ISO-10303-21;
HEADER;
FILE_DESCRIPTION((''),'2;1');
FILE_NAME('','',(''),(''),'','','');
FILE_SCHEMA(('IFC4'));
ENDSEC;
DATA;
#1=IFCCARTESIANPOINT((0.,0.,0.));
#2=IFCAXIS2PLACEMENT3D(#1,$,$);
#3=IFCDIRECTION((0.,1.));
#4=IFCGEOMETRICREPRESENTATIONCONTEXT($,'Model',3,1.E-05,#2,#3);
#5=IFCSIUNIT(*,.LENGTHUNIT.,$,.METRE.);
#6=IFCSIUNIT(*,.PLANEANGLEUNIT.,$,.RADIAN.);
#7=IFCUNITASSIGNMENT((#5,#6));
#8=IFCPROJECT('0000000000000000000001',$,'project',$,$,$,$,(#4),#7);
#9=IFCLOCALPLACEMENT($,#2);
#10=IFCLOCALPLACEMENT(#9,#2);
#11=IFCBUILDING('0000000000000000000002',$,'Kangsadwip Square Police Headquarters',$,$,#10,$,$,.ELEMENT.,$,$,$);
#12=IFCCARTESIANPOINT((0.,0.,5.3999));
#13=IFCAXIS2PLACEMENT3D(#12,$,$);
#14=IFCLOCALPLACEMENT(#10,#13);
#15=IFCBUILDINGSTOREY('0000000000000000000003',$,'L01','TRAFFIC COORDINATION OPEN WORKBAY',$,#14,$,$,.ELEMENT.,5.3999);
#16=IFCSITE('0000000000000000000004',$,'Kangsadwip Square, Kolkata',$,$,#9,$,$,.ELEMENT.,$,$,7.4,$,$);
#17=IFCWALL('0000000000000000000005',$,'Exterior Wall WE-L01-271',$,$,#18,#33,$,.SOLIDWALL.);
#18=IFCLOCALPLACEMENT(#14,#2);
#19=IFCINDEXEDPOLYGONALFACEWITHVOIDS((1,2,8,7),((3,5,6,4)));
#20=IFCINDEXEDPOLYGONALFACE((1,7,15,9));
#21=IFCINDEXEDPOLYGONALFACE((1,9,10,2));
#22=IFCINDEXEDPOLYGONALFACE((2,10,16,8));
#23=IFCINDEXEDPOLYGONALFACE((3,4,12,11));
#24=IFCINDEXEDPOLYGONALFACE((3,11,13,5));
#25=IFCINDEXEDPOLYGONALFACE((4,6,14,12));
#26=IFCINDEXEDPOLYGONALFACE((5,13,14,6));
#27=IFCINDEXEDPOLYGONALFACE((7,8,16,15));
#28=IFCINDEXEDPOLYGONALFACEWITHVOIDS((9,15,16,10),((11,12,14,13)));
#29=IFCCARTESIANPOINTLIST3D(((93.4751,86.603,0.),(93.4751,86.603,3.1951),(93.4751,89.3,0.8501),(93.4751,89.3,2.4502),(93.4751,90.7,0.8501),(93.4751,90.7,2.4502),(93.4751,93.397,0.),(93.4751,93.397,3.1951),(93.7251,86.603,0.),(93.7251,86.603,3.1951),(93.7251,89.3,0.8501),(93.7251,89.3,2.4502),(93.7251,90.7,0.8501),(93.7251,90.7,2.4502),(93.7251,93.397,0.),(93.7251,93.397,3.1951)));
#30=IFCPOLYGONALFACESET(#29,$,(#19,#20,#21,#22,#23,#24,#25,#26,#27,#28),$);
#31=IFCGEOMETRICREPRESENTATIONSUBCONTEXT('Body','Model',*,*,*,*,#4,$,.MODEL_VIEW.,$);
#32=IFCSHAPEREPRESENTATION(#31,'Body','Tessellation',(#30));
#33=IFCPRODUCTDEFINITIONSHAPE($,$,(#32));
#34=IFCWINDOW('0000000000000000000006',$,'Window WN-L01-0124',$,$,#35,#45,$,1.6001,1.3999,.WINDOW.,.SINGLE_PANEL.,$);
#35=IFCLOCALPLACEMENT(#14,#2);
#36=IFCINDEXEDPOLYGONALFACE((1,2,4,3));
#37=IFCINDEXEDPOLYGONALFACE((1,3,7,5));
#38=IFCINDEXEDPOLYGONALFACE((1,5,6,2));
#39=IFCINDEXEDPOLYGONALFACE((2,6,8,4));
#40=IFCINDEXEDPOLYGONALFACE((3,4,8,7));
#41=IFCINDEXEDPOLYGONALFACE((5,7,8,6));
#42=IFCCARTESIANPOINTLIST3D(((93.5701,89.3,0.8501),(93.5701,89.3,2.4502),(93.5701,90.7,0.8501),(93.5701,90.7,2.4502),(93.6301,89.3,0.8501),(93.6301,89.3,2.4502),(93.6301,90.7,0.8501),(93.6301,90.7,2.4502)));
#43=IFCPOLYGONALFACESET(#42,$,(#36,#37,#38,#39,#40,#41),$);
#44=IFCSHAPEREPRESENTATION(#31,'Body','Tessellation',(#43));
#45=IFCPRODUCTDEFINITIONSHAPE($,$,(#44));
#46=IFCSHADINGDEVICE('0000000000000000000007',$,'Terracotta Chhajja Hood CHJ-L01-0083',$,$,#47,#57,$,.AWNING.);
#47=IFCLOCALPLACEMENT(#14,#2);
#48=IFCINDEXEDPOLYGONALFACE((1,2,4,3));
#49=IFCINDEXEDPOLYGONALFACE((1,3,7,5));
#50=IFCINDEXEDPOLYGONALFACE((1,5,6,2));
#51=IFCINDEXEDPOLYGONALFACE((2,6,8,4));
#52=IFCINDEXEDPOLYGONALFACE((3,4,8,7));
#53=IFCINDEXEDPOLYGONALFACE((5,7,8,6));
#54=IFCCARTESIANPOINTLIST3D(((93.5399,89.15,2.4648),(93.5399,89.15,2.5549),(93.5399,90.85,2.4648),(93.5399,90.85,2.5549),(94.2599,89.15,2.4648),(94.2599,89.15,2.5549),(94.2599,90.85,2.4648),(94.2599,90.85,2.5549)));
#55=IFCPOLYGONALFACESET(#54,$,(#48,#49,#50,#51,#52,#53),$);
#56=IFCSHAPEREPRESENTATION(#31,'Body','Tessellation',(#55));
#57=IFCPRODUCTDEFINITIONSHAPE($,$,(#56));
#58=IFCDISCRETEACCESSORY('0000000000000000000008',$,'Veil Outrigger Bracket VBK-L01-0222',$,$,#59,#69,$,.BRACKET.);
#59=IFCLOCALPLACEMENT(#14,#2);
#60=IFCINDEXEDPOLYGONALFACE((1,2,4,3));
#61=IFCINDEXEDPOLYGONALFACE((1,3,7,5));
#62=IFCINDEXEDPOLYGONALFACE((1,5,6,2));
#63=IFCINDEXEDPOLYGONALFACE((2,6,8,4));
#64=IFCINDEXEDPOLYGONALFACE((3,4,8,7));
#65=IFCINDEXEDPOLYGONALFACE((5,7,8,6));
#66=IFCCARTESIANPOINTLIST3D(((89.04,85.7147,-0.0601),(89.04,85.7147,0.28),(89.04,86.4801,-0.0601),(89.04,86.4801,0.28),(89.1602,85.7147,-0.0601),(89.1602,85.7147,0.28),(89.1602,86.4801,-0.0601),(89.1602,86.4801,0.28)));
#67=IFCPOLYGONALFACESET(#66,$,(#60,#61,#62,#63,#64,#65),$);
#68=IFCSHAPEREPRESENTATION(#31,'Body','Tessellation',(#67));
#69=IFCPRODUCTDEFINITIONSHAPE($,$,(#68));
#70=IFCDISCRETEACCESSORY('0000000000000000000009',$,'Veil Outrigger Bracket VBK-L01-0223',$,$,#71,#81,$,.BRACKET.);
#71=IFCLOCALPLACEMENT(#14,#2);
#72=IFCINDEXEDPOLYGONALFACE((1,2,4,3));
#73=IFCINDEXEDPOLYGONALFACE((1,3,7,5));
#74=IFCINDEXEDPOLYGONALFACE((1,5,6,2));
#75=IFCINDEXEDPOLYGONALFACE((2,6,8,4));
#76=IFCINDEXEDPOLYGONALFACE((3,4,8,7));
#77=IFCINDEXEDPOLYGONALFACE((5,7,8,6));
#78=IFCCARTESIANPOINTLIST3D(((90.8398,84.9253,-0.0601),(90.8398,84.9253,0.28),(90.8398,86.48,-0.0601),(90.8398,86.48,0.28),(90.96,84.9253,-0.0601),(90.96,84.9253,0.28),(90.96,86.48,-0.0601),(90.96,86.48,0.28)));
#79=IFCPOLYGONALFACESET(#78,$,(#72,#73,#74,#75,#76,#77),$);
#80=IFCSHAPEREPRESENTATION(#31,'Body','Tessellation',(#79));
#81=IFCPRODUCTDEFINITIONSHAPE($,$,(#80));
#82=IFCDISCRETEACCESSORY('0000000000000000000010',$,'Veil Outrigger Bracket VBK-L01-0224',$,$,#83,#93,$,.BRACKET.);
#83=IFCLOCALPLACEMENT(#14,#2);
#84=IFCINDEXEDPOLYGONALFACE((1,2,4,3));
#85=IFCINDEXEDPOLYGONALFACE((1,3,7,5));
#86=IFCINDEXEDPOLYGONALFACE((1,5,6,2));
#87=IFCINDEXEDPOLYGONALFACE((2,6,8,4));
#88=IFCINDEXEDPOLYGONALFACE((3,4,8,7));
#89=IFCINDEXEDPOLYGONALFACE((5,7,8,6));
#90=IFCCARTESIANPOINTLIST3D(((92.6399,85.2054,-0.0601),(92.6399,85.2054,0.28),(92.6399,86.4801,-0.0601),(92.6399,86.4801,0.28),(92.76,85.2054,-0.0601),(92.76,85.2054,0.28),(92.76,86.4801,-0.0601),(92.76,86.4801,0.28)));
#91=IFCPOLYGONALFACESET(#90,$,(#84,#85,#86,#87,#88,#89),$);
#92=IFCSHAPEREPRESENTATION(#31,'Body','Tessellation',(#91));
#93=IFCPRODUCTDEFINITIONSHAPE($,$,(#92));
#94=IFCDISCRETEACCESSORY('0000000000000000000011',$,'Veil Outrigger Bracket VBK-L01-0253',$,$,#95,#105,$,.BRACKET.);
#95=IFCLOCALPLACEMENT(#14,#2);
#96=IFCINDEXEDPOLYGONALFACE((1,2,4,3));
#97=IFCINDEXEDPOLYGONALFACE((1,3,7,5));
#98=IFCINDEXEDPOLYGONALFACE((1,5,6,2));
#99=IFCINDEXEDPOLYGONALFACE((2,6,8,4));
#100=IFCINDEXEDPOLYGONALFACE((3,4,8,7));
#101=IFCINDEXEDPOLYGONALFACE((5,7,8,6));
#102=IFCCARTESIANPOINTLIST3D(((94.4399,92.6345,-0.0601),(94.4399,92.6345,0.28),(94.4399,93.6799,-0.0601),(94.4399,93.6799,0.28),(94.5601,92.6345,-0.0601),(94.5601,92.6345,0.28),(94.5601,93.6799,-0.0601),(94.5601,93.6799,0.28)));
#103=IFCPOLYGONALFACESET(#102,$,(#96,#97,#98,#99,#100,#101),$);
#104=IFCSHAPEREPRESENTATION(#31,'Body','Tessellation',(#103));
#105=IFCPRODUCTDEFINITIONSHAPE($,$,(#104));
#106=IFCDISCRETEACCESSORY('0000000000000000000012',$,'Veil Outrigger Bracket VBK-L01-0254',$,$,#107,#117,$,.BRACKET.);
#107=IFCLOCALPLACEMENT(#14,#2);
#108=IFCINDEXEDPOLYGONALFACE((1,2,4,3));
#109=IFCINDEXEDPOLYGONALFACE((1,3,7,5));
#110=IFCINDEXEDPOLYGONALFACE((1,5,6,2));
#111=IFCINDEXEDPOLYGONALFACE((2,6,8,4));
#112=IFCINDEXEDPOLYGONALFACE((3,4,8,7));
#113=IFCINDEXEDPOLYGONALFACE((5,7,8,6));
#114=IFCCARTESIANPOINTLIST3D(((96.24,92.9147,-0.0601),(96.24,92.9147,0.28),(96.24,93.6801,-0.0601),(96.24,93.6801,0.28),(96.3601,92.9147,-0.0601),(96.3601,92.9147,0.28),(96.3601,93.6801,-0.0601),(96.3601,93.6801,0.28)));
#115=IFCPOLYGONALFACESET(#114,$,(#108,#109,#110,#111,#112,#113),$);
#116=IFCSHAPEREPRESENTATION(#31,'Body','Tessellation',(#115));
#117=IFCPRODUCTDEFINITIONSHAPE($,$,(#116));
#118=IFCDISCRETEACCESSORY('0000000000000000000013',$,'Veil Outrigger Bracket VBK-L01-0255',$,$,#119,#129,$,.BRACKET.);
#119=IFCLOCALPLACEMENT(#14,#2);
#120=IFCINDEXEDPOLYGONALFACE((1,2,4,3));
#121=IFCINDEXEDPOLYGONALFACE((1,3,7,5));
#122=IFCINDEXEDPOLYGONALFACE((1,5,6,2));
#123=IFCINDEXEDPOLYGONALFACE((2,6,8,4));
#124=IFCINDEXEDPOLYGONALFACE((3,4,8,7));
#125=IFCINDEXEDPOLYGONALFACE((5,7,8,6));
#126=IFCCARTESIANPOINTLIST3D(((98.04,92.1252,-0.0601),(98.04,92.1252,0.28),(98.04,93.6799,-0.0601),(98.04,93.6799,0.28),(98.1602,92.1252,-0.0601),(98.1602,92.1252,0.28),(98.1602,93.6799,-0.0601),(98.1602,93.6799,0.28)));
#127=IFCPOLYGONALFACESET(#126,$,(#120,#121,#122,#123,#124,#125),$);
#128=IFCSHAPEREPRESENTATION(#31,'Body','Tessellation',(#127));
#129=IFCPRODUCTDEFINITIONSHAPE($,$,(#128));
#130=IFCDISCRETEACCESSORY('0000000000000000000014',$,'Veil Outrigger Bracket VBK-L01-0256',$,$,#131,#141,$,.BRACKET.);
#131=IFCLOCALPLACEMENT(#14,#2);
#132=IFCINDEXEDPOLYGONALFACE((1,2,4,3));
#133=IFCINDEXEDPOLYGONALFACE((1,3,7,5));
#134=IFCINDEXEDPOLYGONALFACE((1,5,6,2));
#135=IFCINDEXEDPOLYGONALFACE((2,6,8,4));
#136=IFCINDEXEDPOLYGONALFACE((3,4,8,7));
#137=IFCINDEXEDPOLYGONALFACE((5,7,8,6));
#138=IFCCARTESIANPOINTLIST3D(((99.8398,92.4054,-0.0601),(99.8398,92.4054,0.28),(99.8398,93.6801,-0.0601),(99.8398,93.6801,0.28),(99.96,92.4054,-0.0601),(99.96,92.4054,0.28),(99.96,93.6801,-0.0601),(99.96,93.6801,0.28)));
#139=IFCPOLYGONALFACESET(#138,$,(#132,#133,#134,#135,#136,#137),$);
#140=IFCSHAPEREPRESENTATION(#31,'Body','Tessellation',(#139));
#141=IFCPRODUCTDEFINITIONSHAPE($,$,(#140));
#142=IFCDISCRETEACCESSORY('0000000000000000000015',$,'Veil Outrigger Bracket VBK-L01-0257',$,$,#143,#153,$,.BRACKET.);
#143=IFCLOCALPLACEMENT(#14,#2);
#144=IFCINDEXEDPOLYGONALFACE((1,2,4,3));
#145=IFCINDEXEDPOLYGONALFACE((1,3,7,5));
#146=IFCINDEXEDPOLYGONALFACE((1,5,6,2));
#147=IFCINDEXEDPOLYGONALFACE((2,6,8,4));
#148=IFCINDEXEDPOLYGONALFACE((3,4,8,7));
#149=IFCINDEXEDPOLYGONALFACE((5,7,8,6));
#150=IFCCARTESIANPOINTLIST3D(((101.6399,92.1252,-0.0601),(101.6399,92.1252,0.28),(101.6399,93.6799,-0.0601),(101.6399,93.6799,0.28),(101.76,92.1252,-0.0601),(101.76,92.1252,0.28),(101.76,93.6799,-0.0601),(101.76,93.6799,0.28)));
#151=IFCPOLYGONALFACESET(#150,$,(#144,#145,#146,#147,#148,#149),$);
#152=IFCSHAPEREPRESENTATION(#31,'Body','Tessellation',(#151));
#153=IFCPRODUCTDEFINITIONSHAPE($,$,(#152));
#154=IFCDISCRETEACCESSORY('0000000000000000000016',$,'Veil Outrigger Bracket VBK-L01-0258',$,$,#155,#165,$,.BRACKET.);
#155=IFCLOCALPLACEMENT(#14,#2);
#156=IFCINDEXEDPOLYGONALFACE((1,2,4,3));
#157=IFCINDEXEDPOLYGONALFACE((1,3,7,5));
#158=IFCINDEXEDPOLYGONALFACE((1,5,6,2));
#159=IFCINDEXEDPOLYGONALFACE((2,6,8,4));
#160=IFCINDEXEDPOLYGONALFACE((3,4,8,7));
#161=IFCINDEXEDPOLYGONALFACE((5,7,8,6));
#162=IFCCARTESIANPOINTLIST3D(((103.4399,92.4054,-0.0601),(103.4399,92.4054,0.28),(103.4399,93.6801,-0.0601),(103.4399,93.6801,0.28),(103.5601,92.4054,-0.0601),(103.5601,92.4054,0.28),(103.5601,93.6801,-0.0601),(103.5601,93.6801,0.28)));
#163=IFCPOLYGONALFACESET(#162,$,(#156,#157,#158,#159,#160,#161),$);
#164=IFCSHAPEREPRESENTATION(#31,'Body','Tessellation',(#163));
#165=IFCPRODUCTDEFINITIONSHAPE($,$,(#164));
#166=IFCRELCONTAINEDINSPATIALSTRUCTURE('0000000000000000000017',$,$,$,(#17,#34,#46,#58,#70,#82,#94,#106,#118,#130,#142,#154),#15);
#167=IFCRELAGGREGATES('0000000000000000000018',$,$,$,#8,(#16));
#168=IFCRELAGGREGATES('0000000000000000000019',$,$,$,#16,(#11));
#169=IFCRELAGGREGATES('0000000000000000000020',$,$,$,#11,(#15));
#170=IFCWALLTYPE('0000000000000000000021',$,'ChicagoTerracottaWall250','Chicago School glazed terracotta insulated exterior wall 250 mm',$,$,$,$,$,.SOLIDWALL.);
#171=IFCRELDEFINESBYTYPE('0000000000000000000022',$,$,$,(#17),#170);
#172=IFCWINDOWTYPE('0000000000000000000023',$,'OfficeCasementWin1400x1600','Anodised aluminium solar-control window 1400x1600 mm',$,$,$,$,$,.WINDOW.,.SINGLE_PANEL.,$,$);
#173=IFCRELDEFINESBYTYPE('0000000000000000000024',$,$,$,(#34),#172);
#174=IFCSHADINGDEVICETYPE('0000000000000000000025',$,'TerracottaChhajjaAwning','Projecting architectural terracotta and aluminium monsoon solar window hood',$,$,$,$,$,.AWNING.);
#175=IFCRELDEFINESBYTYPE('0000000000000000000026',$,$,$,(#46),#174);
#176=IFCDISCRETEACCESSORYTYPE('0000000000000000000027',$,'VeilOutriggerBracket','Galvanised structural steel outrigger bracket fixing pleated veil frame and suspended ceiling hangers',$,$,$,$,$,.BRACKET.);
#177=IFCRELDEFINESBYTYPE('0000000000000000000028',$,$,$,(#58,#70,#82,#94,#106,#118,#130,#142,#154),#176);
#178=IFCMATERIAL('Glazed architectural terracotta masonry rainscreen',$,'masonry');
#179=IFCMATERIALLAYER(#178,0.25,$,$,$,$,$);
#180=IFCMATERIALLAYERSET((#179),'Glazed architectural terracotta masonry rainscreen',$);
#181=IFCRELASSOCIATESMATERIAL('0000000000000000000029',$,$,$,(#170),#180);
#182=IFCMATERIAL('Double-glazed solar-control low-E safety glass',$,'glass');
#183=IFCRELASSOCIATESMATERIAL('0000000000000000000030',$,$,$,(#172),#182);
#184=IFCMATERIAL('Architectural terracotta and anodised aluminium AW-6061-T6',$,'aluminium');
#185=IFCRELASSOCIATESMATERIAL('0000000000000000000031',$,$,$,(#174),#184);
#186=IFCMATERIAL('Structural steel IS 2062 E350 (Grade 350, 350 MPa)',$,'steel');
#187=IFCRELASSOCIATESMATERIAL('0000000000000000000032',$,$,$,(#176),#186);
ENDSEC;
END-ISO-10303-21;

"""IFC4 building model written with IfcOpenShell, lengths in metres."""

from ifc_helpers import new_model, si_unit, direction, frame, frame_2d, origin, origin_2d, place, context, subcontext, project, spatial, rectangle, extrude, material, layer, layer_set, type_object, element, fill, save


model = new_model("IFC4")

# Units and contexts
model_context = context("Model", 3, precision=1e-05, world=origin(), true_north=direction((0.0, 1.0)))
body_context = subcontext(model_context, "Body", "Model", "MODEL_VIEW")
ifc_project = project(units=[si_unit("LENGTHUNIT", "METRE"), si_unit("PLANEANGLEUNIT", "RADIAN")], contexts=[model_context])

# Site, building, storey
site_placement = place(None, origin())
site = spatial("IfcSite", under=ifc_project, at=site_placement, Name="Kangsadwip Square, Kolkata", CompositionType="ELEMENT", RefElevation=7.4)
building_placement = place(site_placement, origin())
building = spatial("IfcBuilding", under=site, at=building_placement, Name="Kangsadwip Square Police Headquarters", CompositionType="ELEMENT")
storey_placement = place(building_placement, frame((0.0, 0.0, 5.3999)))
storey = spatial("IfcBuildingStorey", under=building, at=storey_placement, Name="L01", Description="TRAFFIC COORDINATION OPEN WORKBAY", CompositionType="ELEMENT", Elevation=5.3999)

# Wall, opening, window
ifc_material_1 = material(Name="Glazed architectural terracotta masonry rainscreen", Category="masonry")
ifc_layer_1 = layer(ifc_material_1, 0.25)
ifc_layer_set_1 = layer_set([ifc_layer_1], Name="Glazed architectural terracotta masonry rainscreen")
wall_type = type_object("IfcWallType", Name="ChicagoTerracottaWall250", Description="Chicago School glazed terracotta insulated exterior wall 250 mm", PredefinedType="SOLIDWALL", material=ifc_layer_set_1)
wall_placement = place(storey_placement, frame((93.6001, 86.603, 0.0), z_axis=(0.0, 0.0, 1.0), x_axis=(0.0, 1.0, 0.0)))
wall = element("IfcWall", 1, at=wall_placement, inside=storey, type_object=wall_type, Name="Exterior Wall WE-L01-271", PredefinedType="SOLIDWALL", context=body_context, shape_type="SweptSolid", body=[
    extrude(rectangle(XDim=6.7939, YDim=0.25, at=frame_2d((3.397, 0.0))), origin(), (0.0, 0.0, 1.0), 3.1951),
])
opening_placement = place(wall_placement, frame((2.697, 0.0, 0.8501)))
opening = element("IfcOpeningElement", 2, at=opening_placement, cuts=wall, PredefinedType="OPENING", context=body_context, shape_type="SweptSolid", body=[
    extrude(rectangle(XDim=1.3999, YDim=1.6001, at=frame_2d((0.7, 0.8))), frame((0.0, 0.135, 0.0), z_axis=(0.0, -1.0, 0.0), x_axis=(1.0, 0.0, 0.0)), (0.0, 0.0, 1.0), 0.27),
])
ifc_material_2 = material(Name="Double-glazed solar-control low-E safety glass", Category="glass")
window_type = type_object("IfcWindowType", Name="OfficeCasementWin1400x1600", Description="Anodised aluminium solar-control window 1400x1600 mm", PartitioningType="SINGLE_PANEL", PredefinedType="WINDOW", material=ifc_material_2)
window_placement = place(opening_placement, origin())
window = element("IfcWindow", 3, at=window_placement, inside=storey, type_object=window_type, Name="Window WN-L01-0124", OverallHeight=1.6001, OverallWidth=1.3999, PartitioningType="SINGLE_PANEL", PredefinedType="WINDOW", context=body_context, shape_type="SweptSolid", body=[
    extrude(rectangle(XDim=1.3999, YDim=1.6001, at=frame_2d((0.7, 0.8))), frame((0.0, 0.03, 0.0), z_axis=(0.0, -1.0, 0.0), x_axis=(1.0, 0.0, 0.0)), (0.0, 0.0, 1.0), 0.0601),
])
fill(opening, window)

# Shading device
ifc_material_3 = material(Name="Architectural terracotta and anodised aluminium AW-6061-T6", Category="aluminium")
shading_device_type = type_object("IfcShadingDeviceType", Name="TerracottaChhajjaAwning", Description="Projecting architectural terracotta and aluminium monsoon solar window hood", PredefinedType="AWNING", material=ifc_material_3)
shading_device_placement = place(storey_placement, frame((93.8999, 90.0, 2.4648), z_axis=(0.0, 0.0, 1.0), x_axis=(0.0, 1.0, 0.0)))
element("IfcShadingDevice", 4, at=shading_device_placement, inside=storey, type_object=shading_device_type, Name="Terracotta Chhajja Hood CHJ-L01-0083", PredefinedType="AWNING", context=body_context, shape_type="SweptSolid", body=[
    extrude(rectangle(XDim=1.7, YDim=0.72, at=origin_2d()), origin(), (0.0, 0.0, 1.0), 0.0901),
])

# Discrete accessories
ifc_material_4 = material(Name="Structural steel IS 2062 E350 (Grade 350, 350 MPa)", Category="steel")
discrete_accessory_type = type_object("IfcDiscreteAccessoryType", Name="VeilOutriggerBracket", Description="Galvanised structural steel outrigger bracket fixing pleated veil frame and suspended ceiling hangers", PredefinedType="BRACKET", material=ifc_material_4)
discrete_accessory_1_placement = place(storey_placement, frame((89.1001, 86.0974, -0.0601), z_axis=(0.0, 0.0, 1.0), x_axis=(1.0, 0.0, 0.0)))
element("IfcDiscreteAccessory", 5, at=discrete_accessory_1_placement, inside=storey, type_object=discrete_accessory_type, Name="Veil Outrigger Bracket VBK-L01-0222", PredefinedType="BRACKET", context=body_context, shape_type="SweptSolid", body=[
    extrude(rectangle(XDim=0.1201, YDim=0.7654, at=origin_2d()), origin(), (0.0, 0.0, 1.0), 0.3401),
])
discrete_accessory_2_placement = place(storey_placement, frame((90.8999, 85.7026, -0.0601), z_axis=(0.0, 0.0, 1.0), x_axis=(1.0, 0.0, 0.0)))
element("IfcDiscreteAccessory", 6, at=discrete_accessory_2_placement, inside=storey, type_object=discrete_accessory_type, Name="Veil Outrigger Bracket VBK-L01-0223", PredefinedType="BRACKET", context=body_context, shape_type="SweptSolid", body=[
    extrude(rectangle(XDim=0.1201, YDim=1.5547, at=origin_2d()), origin(), (0.0, 0.0, 1.0), 0.3401),
])
discrete_accessory_3_placement = place(storey_placement, frame((92.7, 85.8428, -0.0601), z_axis=(0.0, 0.0, 1.0), x_axis=(1.0, 0.0, 0.0)))
element("IfcDiscreteAccessory", 7, at=discrete_accessory_3_placement, inside=storey, type_object=discrete_accessory_type, Name="Veil Outrigger Bracket VBK-L01-0224", PredefinedType="BRACKET", context=body_context, shape_type="SweptSolid", body=[
    extrude(rectangle(XDim=0.1201, YDim=1.2747, at=origin_2d()), origin(), (0.0, 0.0, 1.0), 0.3401),
])
discrete_accessory_4_placement = place(storey_placement, frame((94.5, 93.1572, -0.0601), z_axis=(0.0, 0.0, 1.0), x_axis=(1.0, 0.0, 0.0)))
element("IfcDiscreteAccessory", 8, at=discrete_accessory_4_placement, inside=storey, type_object=discrete_accessory_type, Name="Veil Outrigger Bracket VBK-L01-0253", PredefinedType="BRACKET", context=body_context, shape_type="SweptSolid", body=[
    extrude(rectangle(XDim=0.1201, YDim=1.0454, at=origin_2d()), origin(), (0.0, 0.0, 1.0), 0.3401),
])
discrete_accessory_5_placement = place(storey_placement, frame((96.3, 93.2974, -0.0601), z_axis=(0.0, 0.0, 1.0), x_axis=(1.0, 0.0, 0.0)))
element("IfcDiscreteAccessory", 9, at=discrete_accessory_5_placement, inside=storey, type_object=discrete_accessory_type, Name="Veil Outrigger Bracket VBK-L01-0254", PredefinedType="BRACKET", context=body_context, shape_type="SweptSolid", body=[
    extrude(rectangle(XDim=0.1201, YDim=0.7654, at=origin_2d()), origin(), (0.0, 0.0, 1.0), 0.3401),
])
discrete_accessory_6_placement = place(storey_placement, frame((98.1001, 92.9026, -0.0601), z_axis=(0.0, 0.0, 1.0), x_axis=(1.0, 0.0, 0.0)))
element("IfcDiscreteAccessory", 10, at=discrete_accessory_6_placement, inside=storey, type_object=discrete_accessory_type, Name="Veil Outrigger Bracket VBK-L01-0255", PredefinedType="BRACKET", context=body_context, shape_type="SweptSolid", body=[
    extrude(rectangle(XDim=0.1201, YDim=1.5547, at=origin_2d()), origin(), (0.0, 0.0, 1.0), 0.3401),
])
discrete_accessory_7_placement = place(storey_placement, frame((99.8999, 93.0427, -0.0601), z_axis=(0.0, 0.0, 1.0), x_axis=(1.0, 0.0, 0.0)))
element("IfcDiscreteAccessory", 11, at=discrete_accessory_7_placement, inside=storey, type_object=discrete_accessory_type, Name="Veil Outrigger Bracket VBK-L01-0256", PredefinedType="BRACKET", context=body_context, shape_type="SweptSolid", body=[
    extrude(rectangle(XDim=0.1201, YDim=1.2747, at=origin_2d()), origin(), (0.0, 0.0, 1.0), 0.3401),
])
discrete_accessory_8_placement = place(storey_placement, frame((101.7, 92.9026, -0.0601), z_axis=(0.0, 0.0, 1.0), x_axis=(1.0, 0.0, 0.0)))
element("IfcDiscreteAccessory", 12, at=discrete_accessory_8_placement, inside=storey, type_object=discrete_accessory_type, Name="Veil Outrigger Bracket VBK-L01-0257", PredefinedType="BRACKET", context=body_context, shape_type="SweptSolid", body=[
    extrude(rectangle(XDim=0.1201, YDim=1.5547, at=origin_2d()), origin(), (0.0, 0.0, 1.0), 0.3401),
])
discrete_accessory_9_placement = place(storey_placement, frame((103.5, 93.0427, -0.0601), z_axis=(0.0, 0.0, 1.0), x_axis=(1.0, 0.0, 0.0)))
element("IfcDiscreteAccessory", 13, at=discrete_accessory_9_placement, inside=storey, type_object=discrete_accessory_type, Name="Veil Outrigger Bracket VBK-L01-0258", PredefinedType="BRACKET", context=body_context, shape_type="SweptSolid", body=[
    extrude(rectangle(XDim=0.1201, YDim=1.2747, at=origin_2d()), origin(), (0.0, 0.0, 1.0), 0.3401),
])

save(model, "model.ifc")
